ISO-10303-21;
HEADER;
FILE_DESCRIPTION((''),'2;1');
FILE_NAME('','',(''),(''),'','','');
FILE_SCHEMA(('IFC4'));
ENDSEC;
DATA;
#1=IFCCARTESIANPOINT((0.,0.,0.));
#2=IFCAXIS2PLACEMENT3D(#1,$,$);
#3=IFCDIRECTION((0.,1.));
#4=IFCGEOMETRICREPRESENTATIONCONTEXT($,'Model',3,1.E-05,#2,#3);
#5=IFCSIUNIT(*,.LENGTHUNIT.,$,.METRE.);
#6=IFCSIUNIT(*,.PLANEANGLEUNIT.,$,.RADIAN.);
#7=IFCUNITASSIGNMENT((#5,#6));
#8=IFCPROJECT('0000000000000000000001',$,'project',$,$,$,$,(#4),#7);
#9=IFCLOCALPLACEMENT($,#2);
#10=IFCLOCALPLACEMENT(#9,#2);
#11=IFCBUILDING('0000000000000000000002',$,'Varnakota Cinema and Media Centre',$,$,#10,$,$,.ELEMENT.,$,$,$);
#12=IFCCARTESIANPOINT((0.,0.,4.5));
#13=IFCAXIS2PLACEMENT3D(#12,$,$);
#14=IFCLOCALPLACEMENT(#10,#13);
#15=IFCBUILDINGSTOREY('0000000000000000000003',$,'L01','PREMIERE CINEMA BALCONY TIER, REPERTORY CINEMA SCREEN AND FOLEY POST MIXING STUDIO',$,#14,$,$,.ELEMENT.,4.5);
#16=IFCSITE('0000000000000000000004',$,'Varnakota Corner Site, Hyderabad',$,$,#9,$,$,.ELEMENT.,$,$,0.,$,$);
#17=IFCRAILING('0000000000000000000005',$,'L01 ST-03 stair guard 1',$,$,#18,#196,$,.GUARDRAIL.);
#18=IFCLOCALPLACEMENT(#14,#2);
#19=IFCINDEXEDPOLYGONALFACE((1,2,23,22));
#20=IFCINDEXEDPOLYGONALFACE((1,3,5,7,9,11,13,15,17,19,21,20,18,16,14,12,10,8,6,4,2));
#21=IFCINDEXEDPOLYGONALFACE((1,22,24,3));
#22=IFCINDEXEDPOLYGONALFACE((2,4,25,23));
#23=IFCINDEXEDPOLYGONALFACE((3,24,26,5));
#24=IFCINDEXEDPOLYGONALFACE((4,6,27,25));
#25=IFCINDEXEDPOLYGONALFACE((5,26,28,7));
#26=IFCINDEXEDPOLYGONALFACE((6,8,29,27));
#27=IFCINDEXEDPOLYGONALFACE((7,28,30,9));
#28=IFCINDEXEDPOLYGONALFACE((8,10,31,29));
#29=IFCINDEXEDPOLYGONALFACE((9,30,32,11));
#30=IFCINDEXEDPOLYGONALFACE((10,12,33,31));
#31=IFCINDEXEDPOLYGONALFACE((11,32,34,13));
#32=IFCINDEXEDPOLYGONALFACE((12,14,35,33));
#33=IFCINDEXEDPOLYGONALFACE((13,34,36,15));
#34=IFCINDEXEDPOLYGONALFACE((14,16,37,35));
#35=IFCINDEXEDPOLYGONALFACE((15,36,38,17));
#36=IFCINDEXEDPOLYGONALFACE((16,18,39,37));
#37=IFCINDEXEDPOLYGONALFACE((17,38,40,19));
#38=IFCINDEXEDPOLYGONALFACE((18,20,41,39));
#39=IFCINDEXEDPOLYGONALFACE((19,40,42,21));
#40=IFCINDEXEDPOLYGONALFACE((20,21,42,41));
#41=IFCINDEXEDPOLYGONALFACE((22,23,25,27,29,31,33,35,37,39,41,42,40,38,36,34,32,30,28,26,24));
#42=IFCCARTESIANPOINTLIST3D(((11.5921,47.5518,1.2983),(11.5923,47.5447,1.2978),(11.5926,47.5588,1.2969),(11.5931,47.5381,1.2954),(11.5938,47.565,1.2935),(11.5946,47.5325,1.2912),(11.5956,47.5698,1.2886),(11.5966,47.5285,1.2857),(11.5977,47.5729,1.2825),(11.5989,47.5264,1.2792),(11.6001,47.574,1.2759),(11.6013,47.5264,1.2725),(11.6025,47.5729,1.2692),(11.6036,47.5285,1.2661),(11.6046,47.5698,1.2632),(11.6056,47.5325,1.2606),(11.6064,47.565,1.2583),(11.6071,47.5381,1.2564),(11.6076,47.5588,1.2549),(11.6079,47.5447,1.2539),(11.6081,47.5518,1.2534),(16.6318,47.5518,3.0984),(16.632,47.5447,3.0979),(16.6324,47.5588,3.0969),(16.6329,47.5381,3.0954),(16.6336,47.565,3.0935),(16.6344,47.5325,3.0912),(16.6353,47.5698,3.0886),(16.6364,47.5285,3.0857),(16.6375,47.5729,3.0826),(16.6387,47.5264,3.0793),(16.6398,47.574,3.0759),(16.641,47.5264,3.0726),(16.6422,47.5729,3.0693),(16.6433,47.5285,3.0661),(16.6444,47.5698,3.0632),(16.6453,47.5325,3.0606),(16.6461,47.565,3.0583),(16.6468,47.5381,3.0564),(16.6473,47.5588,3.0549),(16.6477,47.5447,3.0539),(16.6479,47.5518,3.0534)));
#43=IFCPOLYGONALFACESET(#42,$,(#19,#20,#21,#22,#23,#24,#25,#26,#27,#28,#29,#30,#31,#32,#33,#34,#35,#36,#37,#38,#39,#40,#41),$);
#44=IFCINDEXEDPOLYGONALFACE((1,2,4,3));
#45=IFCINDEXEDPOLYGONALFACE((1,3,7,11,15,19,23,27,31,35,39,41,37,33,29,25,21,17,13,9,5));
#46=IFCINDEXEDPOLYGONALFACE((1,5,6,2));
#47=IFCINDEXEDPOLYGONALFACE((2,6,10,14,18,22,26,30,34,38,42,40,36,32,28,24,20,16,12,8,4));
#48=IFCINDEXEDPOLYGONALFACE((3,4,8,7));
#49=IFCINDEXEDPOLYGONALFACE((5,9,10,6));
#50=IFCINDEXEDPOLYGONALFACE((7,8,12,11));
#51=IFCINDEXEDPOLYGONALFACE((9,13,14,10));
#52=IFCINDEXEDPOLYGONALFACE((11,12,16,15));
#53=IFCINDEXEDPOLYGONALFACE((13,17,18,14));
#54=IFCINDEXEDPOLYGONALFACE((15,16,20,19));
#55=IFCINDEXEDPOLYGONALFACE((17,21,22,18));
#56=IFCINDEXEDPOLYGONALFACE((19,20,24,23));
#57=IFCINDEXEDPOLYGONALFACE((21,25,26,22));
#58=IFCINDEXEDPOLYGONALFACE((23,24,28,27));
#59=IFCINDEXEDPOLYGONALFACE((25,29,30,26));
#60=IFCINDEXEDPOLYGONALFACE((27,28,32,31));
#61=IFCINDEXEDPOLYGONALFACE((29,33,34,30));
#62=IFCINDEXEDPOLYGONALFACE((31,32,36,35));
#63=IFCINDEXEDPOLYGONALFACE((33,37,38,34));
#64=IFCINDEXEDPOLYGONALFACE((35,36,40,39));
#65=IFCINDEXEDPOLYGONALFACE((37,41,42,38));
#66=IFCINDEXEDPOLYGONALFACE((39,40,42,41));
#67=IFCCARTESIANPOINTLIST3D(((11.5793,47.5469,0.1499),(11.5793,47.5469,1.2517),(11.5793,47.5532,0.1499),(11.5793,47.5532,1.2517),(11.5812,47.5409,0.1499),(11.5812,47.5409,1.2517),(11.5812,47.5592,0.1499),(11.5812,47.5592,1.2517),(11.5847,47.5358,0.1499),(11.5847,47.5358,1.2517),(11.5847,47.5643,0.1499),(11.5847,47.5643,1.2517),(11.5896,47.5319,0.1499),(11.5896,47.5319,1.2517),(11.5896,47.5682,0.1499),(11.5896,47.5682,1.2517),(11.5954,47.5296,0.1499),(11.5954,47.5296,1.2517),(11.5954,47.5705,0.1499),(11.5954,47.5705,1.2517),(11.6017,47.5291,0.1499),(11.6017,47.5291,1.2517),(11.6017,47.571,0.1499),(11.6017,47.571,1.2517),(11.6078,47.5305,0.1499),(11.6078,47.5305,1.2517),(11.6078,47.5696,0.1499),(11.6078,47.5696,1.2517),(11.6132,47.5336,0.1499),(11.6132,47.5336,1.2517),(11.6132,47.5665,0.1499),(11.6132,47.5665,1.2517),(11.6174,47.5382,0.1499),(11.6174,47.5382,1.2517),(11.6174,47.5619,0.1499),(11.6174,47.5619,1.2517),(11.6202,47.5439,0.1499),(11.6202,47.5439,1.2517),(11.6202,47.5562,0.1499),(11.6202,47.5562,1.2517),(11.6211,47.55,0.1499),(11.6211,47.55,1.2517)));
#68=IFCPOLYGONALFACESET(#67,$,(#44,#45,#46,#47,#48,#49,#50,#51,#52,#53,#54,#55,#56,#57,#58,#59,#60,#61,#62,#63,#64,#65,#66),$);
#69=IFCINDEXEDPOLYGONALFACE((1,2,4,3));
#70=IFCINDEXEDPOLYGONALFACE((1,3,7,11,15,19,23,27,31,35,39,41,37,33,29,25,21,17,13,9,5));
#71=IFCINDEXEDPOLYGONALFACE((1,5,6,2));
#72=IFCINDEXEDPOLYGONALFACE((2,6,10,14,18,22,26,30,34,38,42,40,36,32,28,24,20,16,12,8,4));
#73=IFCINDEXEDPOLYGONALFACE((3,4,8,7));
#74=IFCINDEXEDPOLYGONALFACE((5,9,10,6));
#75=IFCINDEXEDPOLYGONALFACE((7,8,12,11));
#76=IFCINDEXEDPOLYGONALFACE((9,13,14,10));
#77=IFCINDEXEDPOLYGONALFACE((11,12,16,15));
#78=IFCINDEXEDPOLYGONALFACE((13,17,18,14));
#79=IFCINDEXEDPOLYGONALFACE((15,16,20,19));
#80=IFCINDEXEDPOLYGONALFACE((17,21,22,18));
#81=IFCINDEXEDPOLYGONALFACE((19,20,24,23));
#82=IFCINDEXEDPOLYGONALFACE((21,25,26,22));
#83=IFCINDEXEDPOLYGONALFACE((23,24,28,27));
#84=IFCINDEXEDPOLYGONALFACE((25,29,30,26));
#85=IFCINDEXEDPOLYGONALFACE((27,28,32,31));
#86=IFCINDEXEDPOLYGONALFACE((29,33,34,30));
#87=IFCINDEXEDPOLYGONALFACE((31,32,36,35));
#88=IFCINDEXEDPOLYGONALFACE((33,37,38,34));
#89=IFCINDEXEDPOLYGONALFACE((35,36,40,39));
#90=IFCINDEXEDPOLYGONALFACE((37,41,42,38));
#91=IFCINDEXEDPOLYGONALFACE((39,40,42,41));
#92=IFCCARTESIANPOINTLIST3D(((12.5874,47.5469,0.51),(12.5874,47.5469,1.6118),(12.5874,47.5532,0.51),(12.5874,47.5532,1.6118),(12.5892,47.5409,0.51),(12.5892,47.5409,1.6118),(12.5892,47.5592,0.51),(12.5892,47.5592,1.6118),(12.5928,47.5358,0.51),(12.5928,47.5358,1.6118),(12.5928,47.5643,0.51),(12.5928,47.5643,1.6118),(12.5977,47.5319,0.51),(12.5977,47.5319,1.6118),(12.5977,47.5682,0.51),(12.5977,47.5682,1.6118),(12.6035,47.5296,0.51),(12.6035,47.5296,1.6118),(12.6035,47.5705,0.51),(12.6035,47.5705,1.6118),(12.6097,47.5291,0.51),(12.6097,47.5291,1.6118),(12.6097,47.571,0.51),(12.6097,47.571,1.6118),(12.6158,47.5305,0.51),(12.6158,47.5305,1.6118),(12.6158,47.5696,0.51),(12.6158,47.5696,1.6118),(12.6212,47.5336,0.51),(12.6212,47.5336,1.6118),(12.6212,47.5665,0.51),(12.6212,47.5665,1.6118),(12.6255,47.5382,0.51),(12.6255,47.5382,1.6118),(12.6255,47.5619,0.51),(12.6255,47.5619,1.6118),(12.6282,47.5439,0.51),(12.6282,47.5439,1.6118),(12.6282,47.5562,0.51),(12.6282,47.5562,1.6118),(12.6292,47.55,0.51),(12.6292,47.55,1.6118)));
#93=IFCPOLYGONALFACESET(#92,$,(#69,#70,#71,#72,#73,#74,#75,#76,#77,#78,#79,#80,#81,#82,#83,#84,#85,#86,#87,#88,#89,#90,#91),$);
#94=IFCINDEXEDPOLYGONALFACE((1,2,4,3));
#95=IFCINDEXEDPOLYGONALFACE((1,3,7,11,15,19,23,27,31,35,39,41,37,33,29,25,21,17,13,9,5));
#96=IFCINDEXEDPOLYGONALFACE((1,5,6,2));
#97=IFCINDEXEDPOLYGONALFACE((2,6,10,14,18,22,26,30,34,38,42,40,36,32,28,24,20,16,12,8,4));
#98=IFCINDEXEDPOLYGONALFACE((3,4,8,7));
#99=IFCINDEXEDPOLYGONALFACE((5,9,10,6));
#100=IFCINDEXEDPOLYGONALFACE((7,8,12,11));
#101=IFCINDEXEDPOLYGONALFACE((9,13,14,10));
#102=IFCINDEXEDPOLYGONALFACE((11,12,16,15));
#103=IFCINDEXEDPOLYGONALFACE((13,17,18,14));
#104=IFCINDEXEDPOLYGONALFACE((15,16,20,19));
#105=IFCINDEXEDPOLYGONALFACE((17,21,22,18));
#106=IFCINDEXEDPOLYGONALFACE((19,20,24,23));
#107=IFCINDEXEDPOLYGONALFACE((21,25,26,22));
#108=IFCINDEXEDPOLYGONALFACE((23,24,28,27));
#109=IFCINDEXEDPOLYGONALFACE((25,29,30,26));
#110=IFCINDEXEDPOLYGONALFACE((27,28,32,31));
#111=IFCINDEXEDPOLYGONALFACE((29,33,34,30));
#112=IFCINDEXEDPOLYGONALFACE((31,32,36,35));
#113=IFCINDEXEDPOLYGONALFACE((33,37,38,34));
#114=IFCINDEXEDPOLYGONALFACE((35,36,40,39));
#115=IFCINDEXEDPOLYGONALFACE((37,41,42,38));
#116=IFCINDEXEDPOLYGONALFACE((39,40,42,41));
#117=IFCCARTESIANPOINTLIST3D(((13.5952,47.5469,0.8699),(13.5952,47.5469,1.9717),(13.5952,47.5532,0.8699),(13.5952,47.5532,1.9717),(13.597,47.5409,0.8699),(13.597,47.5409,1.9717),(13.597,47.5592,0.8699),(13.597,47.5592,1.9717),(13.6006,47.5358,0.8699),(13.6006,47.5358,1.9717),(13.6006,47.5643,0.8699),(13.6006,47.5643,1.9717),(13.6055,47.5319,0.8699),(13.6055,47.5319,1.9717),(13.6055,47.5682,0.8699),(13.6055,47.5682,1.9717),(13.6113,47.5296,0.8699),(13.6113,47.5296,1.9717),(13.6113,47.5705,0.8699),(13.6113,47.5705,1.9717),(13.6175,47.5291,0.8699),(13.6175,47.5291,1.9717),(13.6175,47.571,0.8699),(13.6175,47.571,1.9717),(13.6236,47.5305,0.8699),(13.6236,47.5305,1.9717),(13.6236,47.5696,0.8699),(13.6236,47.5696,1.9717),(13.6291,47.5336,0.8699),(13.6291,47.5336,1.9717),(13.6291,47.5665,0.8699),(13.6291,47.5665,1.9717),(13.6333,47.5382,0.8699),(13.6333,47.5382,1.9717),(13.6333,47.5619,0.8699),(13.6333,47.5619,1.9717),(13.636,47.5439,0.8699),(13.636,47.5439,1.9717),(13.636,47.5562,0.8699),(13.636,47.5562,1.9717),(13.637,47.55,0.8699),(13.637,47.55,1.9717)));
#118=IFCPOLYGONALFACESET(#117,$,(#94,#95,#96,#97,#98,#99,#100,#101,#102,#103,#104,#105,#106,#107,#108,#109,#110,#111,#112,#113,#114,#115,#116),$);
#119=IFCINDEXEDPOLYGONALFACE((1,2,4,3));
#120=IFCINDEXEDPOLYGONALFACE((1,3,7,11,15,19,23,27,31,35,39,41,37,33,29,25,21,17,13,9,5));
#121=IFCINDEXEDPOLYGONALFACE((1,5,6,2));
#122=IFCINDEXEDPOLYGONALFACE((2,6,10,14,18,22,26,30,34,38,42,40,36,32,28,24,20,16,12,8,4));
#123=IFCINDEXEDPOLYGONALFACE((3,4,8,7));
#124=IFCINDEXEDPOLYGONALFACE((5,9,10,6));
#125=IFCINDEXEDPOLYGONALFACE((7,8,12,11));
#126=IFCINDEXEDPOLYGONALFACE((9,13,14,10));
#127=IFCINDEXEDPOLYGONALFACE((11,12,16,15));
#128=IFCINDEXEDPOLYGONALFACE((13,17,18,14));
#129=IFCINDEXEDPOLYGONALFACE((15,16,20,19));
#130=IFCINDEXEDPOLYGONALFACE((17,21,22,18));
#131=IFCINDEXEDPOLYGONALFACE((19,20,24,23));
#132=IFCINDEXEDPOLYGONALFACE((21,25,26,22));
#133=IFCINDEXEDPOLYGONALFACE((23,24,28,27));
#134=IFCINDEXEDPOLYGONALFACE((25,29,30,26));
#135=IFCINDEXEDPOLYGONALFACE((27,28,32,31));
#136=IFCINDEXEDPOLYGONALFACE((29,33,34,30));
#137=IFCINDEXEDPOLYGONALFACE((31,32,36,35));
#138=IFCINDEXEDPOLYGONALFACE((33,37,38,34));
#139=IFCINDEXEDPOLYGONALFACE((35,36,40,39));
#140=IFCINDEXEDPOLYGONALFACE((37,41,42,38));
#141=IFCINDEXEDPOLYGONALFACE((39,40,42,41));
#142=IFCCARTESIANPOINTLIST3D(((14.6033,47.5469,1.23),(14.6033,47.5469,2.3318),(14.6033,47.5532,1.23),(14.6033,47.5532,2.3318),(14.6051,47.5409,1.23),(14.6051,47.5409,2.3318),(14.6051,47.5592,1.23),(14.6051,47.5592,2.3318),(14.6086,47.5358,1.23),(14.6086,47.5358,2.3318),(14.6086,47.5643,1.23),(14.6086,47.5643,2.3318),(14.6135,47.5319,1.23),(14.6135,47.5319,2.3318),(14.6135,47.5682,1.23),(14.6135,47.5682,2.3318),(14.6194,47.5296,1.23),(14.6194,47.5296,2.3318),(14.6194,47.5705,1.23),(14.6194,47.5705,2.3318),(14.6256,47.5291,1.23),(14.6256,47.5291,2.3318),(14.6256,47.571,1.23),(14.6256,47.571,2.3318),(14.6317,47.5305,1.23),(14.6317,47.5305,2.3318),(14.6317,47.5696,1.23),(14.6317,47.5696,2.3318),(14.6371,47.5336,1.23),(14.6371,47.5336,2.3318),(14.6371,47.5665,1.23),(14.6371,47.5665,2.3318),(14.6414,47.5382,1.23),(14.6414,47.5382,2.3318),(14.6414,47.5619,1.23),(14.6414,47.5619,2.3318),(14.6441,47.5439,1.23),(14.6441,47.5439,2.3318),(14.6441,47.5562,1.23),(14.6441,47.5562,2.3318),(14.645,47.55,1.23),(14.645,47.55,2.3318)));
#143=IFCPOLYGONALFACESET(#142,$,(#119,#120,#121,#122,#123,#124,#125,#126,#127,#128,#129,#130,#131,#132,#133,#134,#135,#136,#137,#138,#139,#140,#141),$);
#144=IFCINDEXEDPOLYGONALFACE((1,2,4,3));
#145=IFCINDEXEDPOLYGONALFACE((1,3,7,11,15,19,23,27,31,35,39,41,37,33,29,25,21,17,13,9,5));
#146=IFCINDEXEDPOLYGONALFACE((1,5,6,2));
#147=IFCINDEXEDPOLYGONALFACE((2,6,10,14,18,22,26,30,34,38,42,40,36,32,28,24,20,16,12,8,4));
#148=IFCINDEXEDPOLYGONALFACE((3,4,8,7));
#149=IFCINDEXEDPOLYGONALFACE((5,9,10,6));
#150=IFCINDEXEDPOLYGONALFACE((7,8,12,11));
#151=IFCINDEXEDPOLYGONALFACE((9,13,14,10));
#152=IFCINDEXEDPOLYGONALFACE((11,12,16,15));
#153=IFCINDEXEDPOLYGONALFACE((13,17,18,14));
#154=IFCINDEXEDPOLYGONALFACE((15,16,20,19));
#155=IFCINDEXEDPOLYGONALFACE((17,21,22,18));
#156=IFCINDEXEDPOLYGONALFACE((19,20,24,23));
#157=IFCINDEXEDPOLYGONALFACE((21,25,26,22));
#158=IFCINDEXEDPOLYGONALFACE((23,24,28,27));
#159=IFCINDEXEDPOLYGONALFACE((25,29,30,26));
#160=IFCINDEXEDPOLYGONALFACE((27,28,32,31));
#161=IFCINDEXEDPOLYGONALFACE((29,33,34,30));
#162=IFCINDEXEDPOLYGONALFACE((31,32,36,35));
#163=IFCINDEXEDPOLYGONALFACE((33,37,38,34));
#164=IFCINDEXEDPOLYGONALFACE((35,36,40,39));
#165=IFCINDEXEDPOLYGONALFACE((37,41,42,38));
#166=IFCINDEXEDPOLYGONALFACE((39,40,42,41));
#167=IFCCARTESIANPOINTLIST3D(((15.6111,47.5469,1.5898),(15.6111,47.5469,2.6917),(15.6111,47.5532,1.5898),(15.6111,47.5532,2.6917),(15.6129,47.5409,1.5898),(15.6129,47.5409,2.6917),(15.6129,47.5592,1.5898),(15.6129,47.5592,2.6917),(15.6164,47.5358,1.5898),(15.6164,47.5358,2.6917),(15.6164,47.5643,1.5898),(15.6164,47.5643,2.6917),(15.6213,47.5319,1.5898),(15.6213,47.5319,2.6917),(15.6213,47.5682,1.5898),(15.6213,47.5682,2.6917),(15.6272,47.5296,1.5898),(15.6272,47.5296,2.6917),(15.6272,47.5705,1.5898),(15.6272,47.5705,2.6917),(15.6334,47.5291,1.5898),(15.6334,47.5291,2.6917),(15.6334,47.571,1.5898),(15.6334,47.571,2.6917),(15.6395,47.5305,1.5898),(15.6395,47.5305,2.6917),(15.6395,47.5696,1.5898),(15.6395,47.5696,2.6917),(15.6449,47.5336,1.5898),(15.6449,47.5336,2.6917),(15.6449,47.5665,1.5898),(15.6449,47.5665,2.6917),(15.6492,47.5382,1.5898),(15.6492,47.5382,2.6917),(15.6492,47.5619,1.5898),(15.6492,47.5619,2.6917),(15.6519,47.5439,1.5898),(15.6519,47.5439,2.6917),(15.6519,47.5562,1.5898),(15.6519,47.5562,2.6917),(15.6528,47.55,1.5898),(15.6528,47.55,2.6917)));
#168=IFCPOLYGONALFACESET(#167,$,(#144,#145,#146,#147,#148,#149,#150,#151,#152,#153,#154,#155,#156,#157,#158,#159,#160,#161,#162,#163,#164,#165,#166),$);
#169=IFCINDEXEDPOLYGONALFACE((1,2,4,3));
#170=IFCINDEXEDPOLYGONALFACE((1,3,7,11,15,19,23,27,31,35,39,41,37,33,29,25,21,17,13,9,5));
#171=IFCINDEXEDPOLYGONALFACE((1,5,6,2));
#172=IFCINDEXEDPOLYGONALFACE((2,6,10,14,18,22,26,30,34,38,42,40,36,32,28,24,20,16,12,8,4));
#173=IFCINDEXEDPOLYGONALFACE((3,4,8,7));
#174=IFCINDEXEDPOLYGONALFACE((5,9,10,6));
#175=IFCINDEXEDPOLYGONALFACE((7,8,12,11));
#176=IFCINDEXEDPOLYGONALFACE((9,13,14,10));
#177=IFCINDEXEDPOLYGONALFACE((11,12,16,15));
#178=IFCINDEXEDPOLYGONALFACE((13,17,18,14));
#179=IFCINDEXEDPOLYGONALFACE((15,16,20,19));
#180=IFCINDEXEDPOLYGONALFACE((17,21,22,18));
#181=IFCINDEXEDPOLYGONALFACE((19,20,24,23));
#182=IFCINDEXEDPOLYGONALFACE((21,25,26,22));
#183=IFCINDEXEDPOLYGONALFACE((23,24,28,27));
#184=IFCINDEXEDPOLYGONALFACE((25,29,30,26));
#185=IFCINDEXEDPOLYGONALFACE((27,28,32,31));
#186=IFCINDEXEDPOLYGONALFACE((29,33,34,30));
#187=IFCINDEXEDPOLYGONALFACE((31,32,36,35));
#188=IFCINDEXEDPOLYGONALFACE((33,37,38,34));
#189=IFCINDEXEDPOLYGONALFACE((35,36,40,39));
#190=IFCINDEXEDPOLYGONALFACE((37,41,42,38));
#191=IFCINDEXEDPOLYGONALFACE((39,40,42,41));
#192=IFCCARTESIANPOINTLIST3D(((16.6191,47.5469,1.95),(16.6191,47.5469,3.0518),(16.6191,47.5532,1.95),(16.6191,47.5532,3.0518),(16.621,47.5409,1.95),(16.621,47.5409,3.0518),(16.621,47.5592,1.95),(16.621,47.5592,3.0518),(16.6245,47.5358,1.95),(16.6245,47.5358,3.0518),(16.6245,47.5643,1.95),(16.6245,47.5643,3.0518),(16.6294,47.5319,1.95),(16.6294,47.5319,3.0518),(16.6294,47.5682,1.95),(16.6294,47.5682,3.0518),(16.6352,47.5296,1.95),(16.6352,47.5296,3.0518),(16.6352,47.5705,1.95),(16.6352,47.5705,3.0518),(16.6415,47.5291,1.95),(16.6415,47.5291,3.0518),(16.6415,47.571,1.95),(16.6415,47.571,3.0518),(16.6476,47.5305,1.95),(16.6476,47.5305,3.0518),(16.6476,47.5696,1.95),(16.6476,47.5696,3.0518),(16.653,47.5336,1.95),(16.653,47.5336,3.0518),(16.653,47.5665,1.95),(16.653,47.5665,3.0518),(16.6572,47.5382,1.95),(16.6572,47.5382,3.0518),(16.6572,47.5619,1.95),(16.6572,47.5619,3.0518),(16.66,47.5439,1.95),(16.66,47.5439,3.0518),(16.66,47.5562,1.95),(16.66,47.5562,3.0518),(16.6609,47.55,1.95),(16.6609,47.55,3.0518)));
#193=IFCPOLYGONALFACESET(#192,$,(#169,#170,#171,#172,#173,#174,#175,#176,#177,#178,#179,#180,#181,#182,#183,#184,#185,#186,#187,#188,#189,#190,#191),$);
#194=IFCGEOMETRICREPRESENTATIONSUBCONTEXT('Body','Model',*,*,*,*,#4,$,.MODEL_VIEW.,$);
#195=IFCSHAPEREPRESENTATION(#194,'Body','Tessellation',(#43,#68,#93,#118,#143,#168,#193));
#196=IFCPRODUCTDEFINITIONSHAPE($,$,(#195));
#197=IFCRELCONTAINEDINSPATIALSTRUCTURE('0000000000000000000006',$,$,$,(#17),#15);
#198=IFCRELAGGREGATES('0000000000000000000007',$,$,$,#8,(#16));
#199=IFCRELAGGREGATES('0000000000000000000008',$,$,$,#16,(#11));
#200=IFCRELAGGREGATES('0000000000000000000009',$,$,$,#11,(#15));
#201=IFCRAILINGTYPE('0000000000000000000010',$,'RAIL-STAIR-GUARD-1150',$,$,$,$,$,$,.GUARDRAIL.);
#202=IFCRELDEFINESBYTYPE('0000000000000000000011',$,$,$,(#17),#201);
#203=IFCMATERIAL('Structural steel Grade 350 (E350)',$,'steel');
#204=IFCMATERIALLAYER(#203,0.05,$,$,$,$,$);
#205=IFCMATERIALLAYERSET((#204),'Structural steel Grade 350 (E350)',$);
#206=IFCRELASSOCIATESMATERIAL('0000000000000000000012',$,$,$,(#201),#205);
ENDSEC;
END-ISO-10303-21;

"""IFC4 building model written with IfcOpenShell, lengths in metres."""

from ifc_helpers import new_model, si_unit, direction, frame, origin, origin_2d, place, context, subcontext, project, spatial, circle, extrude, material, layer, layer_set, type_object, element, save


model = new_model("IFC4")

# Units and contexts
model_context = context("Model", 3, precision=1e-05, world=origin(), true_north=direction((0.0, 1.0)))
body_context = subcontext(model_context, "Body", "Model", "MODEL_VIEW")
ifc_project = project(units=[si_unit("LENGTHUNIT", "METRE"), si_unit("PLANEANGLEUNIT", "RADIAN")], contexts=[model_context])

# Site, building, storey
site_placement = place(None, origin())
site = spatial("IfcSite", under=ifc_project, at=site_placement, Name="Varnakota Corner Site, Hyderabad", CompositionType="ELEMENT", RefElevation=0.0)
building_placement = place(site_placement, origin())
building = spatial("IfcBuilding", under=site, at=building_placement, Name="Varnakota Cinema and Media Centre", CompositionType="ELEMENT")
storey_placement = place(building_placement, frame((0.0, 0.0, 4.5)))
storey = spatial("IfcBuildingStorey", under=building, at=storey_placement, Name="L01", Description="PREMIERE CINEMA BALCONY TIER, REPERTORY CINEMA SCREEN AND FOLEY POST MIXING STUDIO", CompositionType="ELEMENT", Elevation=4.5)

# Railing
ifc_material_1 = material(Name="Structural steel Grade 350 (E350)", Category="steel")
ifc_layer_1 = layer(ifc_material_1, 0.05)
ifc_layer_set_1 = layer_set([ifc_layer_1], Name="Structural steel Grade 350 (E350)")
railing_type_1 = type_object("IfcRailingType", Name="RAIL-STAIR-GUARD-1150", PredefinedType="GUARDRAIL", material=ifc_layer_set_1)
railing_1_placement = place(storey_placement, frame((11.6001, 47.55, 0.1499)))
element("IfcRailing", 1, at=railing_1_placement, inside=storey, type_object=railing_type_1, Name="L01 ST-03 stair guard 1", PredefinedType="GUARDRAIL", context=body_context, shape_type="SweptSolid", body=[
    extrude(circle(Radius=0.0239, at=origin_2d()), frame((0.0, 0.0, 1.126), z_axis=(0.941735, 0.0, 0.336357), x_axis=(0.0, 1.0, 0.0)), (0.0, 0.0, 1.0), 5.3516),
    extrude(circle(Radius=0.021, at=origin_2d()), origin(), (0.0, 0.0, 1.0), 1.1018),
    extrude(circle(Radius=0.021, at=origin_2d()), frame((1.0081, 0.0, 0.3601)), (0.0, 0.0, 1.0), 1.1018),
    extrude(circle(Radius=0.021, at=origin_2d()), frame((2.0159, 0.0, 0.72)), (0.0, 0.0, 1.0), 1.1018),
    extrude(circle(Radius=0.021, at=origin_2d()), frame((3.0239, 0.0, 1.0801)), (0.0, 0.0, 1.0), 1.1018),
    extrude(circle(Radius=0.021, at=origin_2d()), frame((4.0317, 0.0, 1.4399)), (0.0, 0.0, 1.0), 1.1018),
    extrude(circle(Radius=0.021, at=origin_2d()), frame((5.0398, 0.0, 1.8)), (0.0, 0.0, 1.0), 1.1018),
])

save(model, "model.ifc")
